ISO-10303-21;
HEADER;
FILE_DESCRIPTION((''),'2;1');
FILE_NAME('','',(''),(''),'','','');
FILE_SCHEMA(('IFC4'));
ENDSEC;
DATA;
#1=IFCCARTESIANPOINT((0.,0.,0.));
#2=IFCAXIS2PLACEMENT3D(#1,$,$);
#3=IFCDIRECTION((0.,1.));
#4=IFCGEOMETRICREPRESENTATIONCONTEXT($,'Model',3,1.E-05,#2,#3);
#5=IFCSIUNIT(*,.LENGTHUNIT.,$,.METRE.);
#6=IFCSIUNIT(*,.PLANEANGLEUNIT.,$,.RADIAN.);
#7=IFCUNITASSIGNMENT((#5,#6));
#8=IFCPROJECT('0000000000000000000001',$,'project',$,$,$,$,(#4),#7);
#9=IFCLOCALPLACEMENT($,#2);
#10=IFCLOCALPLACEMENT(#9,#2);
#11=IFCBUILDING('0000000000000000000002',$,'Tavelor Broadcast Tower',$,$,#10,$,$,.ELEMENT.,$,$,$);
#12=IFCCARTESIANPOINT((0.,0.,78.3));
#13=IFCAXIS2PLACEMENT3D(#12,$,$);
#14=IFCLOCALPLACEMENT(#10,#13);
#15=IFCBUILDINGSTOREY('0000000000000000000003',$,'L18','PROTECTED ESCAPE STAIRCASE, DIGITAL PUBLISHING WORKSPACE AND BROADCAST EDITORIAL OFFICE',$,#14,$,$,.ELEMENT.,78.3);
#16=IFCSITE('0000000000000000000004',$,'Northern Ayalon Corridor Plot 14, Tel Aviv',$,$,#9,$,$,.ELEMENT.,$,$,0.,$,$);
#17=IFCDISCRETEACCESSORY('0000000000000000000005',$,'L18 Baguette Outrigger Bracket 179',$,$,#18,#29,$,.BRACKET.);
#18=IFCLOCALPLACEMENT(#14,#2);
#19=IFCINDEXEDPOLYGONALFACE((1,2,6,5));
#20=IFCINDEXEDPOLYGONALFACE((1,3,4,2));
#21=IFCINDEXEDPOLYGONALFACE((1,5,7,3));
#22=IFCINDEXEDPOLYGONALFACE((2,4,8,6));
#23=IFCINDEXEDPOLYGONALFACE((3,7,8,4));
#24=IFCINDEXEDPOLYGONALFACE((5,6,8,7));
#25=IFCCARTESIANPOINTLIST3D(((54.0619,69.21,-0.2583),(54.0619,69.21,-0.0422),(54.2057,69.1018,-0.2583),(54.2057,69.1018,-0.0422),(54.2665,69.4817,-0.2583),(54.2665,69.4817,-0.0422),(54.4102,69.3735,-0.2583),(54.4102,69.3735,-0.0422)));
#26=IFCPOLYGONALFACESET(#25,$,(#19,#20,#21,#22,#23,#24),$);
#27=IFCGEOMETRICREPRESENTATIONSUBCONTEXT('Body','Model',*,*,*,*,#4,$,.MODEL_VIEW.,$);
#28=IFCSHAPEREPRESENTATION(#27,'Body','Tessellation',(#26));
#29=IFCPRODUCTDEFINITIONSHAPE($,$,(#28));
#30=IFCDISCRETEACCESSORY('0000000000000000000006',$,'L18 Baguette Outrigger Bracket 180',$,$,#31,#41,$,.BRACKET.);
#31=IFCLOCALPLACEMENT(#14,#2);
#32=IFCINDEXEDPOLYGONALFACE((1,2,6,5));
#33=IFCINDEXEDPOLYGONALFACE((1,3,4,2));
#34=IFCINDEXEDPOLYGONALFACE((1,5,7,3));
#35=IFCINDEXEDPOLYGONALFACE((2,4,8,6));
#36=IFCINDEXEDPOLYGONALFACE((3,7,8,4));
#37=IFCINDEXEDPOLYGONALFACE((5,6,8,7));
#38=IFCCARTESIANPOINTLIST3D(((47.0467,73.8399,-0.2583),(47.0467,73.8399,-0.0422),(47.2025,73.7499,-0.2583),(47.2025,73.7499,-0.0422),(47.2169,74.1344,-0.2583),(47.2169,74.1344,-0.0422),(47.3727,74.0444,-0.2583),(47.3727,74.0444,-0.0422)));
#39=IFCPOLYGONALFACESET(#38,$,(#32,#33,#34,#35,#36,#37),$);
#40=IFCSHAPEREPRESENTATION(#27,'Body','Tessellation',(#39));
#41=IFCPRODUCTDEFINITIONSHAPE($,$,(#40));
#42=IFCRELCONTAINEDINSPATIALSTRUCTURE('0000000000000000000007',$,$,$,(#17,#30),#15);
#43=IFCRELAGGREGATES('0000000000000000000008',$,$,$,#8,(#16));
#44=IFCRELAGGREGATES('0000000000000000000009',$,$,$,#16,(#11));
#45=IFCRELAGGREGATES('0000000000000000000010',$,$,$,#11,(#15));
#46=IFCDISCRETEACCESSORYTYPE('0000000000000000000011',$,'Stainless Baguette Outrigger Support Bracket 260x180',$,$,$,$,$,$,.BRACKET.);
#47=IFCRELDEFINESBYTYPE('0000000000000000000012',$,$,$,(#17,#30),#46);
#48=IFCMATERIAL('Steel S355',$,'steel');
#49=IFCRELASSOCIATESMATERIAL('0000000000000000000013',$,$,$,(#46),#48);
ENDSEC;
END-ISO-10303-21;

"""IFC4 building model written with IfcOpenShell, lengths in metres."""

from ifc_helpers import new_model, si_unit, direction, frame, origin, origin_2d, place, context, subcontext, project, spatial, rectangle, extrude, source, transform, mapped, material, type_object, type_shapes, element, save


model = new_model("IFC4")

# Units and contexts
model_context = context("Model", 3, precision=1e-05, world=origin(), true_north=direction((0.0, 1.0)))
body_context = subcontext(model_context, "Body", "Model", "MODEL_VIEW")
ifc_project = project(units=[si_unit("LENGTHUNIT", "METRE"), si_unit("PLANEANGLEUNIT", "RADIAN")], contexts=[model_context])

# Site, building, storey
site_placement = place(None, origin())
site = spatial("IfcSite", under=ifc_project, at=site_placement, Name="Northern Ayalon Corridor Plot 14, Tel Aviv", CompositionType="ELEMENT", RefElevation=0.0)
building_placement = place(site_placement, origin())
building = spatial("IfcBuilding", under=site, at=building_placement, Name="Tavelor Broadcast Tower", CompositionType="ELEMENT")
storey_placement = place(building_placement, frame((0.0, 0.0, 78.3)))
storey = spatial("IfcBuildingStorey", under=building, at=storey_placement, Name="L18", Description="PROTECTED ESCAPE STAIRCASE, DIGITAL PUBLISHING WORKSPACE AND BROADCAST EDITORIAL OFFICE", CompositionType="ELEMENT", Elevation=78.3)

# Shared definitions
ifc_material_1 = material(Name="Steel S355", Category="steel")

# Discrete accessories
discrete_accessory_type = type_object("IfcDiscreteAccessoryType", Name="Stainless Baguette Outrigger Support Bracket 260x180", PredefinedType="BRACKET", material=ifc_material_1)
shared_shape_1 = source(origin(), body_context, "Body", "SweptSolid", [
    extrude(rectangle(XDim=0.1799, YDim=0.3401, at=origin_2d()), origin(), (0.0, 0.0, 1.0), 0.2161),
])
type_shapes(discrete_accessory_type, [shared_shape_1])
for number, where, z_axis, x_axis, name in (
    (1, (54.2361, 69.2917, -0.2583), (0.0, 0.0, 1.0), (-0.798951, 0.601397, 0.0), "L18 Baguette Outrigger Bracket 179"),
    (2, (47.2097, 73.9421, -0.2583), (0.0, 0.0, 1.0), (-0.865851, 0.500302, 0.0), "L18 Baguette Outrigger Bracket 180"),
):
    element("IfcDiscreteAccessory", number, at=place(storey_placement, frame(where, z_axis=z_axis, x_axis=x_axis)), inside=storey, type_object=discrete_accessory_type, Name=name, PredefinedType="BRACKET", context=body_context, shape_type="MappedRepresentation", body=[
        mapped(shared_shape_1, transform((0.0, 0.0, 0.0), scale=1.0)),
    ])

save(model, "model.ifc")
